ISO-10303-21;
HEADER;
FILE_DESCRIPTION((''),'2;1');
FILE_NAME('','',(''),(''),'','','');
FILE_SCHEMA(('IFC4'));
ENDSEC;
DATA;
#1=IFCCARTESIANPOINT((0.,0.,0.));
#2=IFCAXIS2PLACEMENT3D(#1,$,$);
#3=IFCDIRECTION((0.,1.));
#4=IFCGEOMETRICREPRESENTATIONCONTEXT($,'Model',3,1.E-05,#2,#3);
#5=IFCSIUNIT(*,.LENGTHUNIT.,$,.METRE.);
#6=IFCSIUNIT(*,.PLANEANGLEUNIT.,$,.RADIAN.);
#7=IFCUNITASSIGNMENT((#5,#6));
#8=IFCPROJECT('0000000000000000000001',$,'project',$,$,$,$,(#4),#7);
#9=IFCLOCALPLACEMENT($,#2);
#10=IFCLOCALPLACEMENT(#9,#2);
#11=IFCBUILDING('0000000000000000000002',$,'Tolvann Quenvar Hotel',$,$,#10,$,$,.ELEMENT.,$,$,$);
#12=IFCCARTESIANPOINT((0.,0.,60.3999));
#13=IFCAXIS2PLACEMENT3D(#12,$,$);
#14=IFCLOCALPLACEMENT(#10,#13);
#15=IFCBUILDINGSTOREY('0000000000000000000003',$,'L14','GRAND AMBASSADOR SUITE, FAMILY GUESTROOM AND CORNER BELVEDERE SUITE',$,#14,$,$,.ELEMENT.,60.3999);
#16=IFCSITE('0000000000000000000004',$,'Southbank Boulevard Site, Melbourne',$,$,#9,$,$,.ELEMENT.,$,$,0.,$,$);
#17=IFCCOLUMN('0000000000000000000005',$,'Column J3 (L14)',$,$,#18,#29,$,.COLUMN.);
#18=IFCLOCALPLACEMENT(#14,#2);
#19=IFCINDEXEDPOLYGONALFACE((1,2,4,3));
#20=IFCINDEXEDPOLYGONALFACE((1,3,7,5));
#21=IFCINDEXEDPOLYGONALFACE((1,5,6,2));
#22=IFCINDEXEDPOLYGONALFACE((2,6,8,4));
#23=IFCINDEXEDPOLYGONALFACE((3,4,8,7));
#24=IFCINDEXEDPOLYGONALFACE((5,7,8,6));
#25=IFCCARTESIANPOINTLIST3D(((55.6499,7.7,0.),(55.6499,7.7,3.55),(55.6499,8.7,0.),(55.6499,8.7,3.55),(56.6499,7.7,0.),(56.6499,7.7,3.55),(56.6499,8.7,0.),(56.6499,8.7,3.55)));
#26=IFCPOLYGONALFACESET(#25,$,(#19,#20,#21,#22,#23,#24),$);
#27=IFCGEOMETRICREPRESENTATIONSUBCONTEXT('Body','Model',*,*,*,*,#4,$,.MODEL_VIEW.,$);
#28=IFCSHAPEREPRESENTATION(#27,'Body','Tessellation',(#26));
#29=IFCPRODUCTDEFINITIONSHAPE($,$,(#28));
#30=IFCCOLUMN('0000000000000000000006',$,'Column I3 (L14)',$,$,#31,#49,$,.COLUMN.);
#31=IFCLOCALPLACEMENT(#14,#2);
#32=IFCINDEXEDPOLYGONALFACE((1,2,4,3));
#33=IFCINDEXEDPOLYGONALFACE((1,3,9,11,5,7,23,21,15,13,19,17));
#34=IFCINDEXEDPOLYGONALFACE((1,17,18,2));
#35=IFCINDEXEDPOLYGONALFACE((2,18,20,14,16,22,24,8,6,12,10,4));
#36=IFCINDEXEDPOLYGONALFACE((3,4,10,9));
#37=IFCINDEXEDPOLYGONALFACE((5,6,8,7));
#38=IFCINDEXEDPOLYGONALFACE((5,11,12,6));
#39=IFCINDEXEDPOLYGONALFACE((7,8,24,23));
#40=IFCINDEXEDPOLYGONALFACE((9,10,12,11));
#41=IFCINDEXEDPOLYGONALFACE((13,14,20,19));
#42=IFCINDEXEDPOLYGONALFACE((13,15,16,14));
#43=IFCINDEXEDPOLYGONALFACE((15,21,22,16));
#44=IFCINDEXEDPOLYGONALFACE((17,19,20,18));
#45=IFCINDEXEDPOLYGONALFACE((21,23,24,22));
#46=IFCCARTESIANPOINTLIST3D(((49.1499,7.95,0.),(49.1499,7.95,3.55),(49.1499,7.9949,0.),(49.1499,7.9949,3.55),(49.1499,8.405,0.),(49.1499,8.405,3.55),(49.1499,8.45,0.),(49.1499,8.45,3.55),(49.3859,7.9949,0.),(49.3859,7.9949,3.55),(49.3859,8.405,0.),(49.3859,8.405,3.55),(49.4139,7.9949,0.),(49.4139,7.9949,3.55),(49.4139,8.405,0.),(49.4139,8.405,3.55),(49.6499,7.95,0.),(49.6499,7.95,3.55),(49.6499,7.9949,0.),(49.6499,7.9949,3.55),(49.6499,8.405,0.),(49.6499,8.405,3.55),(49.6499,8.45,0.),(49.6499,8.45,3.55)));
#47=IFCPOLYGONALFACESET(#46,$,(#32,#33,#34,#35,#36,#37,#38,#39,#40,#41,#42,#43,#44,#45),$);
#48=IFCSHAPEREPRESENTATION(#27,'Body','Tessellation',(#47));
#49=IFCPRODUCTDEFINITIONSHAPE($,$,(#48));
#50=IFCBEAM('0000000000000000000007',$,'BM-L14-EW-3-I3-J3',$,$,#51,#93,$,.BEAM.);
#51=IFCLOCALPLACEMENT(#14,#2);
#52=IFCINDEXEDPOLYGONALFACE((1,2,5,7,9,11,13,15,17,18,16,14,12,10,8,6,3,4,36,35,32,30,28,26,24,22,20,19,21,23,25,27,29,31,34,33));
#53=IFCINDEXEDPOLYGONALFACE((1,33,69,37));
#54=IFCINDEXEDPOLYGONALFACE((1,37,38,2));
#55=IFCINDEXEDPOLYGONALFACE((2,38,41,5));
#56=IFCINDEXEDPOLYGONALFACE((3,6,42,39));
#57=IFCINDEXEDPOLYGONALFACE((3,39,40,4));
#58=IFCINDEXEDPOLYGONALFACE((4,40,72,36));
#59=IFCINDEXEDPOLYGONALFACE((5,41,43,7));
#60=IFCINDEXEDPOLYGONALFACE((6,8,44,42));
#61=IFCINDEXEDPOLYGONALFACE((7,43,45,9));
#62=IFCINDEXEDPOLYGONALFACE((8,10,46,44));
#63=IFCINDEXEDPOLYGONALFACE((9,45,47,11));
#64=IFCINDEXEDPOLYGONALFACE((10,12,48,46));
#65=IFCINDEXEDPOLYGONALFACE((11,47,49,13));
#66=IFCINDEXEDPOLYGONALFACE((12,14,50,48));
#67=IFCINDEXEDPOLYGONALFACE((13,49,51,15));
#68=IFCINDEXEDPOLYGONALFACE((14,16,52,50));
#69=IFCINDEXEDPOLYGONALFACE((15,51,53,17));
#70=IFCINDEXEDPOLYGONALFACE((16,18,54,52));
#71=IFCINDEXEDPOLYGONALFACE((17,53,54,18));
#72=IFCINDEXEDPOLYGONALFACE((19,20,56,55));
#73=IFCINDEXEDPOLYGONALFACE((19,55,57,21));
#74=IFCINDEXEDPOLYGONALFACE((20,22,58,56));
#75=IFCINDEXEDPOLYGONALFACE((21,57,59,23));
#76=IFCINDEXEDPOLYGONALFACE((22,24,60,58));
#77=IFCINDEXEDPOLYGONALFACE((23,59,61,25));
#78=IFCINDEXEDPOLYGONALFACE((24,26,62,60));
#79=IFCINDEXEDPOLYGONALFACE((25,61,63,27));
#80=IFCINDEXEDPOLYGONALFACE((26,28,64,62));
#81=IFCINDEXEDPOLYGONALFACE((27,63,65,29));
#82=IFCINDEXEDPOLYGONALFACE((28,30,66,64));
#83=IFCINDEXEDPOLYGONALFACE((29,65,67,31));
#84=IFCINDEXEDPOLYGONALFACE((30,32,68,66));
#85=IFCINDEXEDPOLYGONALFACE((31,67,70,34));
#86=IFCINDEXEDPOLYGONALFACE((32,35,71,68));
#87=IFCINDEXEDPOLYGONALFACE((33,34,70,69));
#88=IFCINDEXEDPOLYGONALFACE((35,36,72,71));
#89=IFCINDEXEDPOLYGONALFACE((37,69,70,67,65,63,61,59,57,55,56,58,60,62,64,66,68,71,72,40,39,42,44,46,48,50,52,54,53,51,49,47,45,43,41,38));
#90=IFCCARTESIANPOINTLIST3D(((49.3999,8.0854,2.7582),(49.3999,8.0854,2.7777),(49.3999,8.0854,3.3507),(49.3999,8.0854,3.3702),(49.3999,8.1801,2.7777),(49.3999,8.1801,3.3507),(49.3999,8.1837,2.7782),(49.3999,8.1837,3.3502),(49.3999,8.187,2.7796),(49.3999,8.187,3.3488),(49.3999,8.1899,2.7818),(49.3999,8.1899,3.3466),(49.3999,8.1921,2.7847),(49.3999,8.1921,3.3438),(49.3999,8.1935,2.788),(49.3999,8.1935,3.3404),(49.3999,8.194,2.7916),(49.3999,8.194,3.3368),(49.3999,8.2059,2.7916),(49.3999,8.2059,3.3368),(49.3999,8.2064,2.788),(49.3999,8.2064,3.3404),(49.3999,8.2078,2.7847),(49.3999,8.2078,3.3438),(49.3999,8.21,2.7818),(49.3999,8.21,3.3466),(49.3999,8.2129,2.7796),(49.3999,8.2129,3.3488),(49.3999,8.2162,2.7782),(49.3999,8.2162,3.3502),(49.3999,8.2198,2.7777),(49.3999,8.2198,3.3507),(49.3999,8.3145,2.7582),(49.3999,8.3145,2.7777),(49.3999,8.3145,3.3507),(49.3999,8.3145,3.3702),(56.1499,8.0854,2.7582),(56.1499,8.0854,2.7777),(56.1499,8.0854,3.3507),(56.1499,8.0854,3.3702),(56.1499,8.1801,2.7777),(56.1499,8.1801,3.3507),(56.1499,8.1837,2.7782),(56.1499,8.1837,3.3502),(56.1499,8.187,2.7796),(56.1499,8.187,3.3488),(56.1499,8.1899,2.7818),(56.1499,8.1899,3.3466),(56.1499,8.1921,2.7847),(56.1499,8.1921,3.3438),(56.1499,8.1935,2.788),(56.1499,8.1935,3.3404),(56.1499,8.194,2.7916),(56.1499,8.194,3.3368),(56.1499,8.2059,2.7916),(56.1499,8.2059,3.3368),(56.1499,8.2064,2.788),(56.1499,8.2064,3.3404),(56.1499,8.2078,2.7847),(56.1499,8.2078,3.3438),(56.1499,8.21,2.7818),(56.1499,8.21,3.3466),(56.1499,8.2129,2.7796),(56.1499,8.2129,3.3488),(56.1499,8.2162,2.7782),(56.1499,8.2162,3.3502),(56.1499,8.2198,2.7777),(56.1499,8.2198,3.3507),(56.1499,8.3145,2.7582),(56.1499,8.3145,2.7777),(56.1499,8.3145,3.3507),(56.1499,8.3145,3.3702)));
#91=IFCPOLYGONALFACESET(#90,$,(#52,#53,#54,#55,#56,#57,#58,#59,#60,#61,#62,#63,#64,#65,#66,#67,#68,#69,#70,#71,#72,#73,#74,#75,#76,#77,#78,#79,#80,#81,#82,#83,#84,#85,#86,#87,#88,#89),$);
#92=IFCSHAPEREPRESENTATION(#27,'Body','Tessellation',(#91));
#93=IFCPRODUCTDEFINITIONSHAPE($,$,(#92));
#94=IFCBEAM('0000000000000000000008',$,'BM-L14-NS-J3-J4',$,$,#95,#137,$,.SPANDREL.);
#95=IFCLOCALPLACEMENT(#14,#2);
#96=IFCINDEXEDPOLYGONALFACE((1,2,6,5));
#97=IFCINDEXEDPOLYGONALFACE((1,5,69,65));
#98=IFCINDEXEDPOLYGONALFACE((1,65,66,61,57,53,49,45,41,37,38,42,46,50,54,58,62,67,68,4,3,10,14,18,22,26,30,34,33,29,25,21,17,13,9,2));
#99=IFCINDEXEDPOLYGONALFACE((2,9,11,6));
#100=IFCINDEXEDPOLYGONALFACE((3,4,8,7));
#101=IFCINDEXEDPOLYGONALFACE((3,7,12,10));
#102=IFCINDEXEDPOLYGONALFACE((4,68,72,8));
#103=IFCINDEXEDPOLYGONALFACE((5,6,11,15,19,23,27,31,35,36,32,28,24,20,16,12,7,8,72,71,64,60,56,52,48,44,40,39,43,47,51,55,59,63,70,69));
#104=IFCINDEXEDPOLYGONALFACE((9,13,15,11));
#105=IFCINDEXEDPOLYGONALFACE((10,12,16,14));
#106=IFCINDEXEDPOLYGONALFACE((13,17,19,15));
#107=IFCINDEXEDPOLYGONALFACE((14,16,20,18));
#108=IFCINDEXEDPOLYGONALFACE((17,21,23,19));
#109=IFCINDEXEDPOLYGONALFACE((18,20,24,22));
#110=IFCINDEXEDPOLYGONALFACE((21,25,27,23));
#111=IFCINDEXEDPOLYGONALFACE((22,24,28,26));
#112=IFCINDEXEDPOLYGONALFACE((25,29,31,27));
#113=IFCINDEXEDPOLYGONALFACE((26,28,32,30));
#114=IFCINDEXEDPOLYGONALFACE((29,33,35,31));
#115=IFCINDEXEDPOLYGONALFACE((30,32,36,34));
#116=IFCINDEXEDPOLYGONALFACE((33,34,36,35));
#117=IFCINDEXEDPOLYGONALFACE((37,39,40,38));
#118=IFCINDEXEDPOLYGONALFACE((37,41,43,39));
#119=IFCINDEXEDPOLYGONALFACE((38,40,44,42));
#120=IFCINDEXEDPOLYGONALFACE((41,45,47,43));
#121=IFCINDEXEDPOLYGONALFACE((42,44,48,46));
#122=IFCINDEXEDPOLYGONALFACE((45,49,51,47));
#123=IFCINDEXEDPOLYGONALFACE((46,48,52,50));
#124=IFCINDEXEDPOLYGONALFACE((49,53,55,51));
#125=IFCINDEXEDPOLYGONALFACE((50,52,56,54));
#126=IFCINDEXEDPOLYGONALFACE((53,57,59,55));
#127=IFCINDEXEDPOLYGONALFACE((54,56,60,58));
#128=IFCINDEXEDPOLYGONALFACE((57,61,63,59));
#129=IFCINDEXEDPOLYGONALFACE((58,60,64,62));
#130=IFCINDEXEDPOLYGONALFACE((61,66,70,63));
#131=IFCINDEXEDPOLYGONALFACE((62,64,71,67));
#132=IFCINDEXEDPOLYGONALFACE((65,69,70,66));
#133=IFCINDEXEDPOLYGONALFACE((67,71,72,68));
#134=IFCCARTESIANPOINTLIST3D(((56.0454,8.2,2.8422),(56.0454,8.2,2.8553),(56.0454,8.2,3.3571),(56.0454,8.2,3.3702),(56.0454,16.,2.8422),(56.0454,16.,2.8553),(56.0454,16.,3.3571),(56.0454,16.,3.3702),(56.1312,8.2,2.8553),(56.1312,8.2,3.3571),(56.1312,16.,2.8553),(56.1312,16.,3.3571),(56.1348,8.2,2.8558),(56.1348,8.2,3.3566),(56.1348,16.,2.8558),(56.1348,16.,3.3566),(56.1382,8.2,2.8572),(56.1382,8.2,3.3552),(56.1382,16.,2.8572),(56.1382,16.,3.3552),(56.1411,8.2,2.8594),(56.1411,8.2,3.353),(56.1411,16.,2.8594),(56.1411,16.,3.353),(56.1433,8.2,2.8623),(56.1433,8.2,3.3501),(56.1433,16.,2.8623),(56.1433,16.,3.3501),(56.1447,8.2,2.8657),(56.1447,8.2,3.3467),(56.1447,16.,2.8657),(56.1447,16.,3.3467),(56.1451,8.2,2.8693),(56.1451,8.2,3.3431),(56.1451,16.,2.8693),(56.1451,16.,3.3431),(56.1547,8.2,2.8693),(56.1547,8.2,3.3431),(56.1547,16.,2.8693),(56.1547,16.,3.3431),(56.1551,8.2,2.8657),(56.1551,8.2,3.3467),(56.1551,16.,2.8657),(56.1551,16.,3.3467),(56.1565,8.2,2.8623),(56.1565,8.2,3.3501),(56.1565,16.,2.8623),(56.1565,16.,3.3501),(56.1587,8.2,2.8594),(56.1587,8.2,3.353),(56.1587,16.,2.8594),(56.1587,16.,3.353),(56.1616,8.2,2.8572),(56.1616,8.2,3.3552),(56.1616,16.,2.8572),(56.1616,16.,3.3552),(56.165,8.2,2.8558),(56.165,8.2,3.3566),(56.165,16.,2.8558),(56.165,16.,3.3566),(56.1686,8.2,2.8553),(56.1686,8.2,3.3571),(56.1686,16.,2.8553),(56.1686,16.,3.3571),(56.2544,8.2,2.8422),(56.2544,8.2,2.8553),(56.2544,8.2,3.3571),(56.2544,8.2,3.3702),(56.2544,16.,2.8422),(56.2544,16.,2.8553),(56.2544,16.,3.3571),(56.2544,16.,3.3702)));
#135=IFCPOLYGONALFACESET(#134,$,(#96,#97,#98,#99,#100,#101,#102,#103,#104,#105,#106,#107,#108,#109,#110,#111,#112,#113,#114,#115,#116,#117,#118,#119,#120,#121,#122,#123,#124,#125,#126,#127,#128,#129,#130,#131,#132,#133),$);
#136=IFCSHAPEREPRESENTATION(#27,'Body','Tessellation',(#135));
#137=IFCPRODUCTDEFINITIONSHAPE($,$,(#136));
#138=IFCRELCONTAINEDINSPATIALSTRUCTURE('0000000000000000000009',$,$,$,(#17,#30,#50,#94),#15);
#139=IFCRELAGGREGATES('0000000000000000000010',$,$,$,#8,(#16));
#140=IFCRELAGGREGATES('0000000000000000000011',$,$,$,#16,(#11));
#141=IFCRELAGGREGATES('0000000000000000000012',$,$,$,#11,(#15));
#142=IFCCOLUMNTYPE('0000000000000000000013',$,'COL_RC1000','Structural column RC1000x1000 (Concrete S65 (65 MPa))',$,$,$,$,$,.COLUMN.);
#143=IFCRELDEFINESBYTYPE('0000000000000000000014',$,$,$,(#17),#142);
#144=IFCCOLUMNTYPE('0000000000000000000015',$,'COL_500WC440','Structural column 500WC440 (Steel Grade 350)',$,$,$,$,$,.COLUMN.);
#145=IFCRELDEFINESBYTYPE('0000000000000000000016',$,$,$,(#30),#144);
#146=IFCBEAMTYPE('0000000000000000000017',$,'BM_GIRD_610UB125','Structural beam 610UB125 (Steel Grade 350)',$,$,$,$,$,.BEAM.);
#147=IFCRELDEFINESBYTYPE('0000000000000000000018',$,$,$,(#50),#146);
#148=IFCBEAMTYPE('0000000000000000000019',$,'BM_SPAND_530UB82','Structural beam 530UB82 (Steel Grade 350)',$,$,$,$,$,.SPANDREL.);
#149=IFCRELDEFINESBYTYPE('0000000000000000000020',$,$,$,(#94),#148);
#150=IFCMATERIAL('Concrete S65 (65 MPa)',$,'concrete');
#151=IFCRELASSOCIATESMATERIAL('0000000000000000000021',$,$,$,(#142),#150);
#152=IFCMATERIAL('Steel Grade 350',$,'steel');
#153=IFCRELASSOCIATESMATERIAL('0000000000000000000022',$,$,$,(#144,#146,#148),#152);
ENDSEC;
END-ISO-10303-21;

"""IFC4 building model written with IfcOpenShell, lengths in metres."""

from ifc_helpers import new_model, si_unit, direction, frame, origin, origin_2d, place, context, subcontext, project, spatial, rectangle, i_section, extrude, source, transform, mapped, material, material_profile, profile_set, type_object, type_shapes, element, save


model = new_model("IFC4")

# Units and contexts
model_context = context("Model", 3, precision=1e-05, world=origin(), true_north=direction((0.0, 1.0)))
body_context = subcontext(model_context, "Body", "Model", "MODEL_VIEW")
ifc_project = project(units=[si_unit("LENGTHUNIT", "METRE"), si_unit("PLANEANGLEUNIT", "RADIAN")], contexts=[model_context])

# Site, building, storey
site_placement = place(None, origin())
site = spatial("IfcSite", under=ifc_project, at=site_placement, Name="Southbank Boulevard Site, Melbourne", CompositionType="ELEMENT", RefElevation=0.0)
building_placement = place(site_placement, origin())
building = spatial("IfcBuilding", under=site, at=building_placement, Name="Tolvann Quenvar Hotel", CompositionType="ELEMENT")
storey_placement = place(building_placement, frame((0.0, 0.0, 60.3999)))
storey = spatial("IfcBuildingStorey", under=building, at=storey_placement, Name="L14", Description="GRAND AMBASSADOR SUITE, FAMILY GUESTROOM AND CORNER BELVEDERE SUITE", CompositionType="ELEMENT", Elevation=60.3999)

# Columns
ifc_material_1 = material(Name="Concrete S65 (65 MPa)", Category="concrete")
ifc_material_profile_1 = material_profile(ifc_material_1, rectangle(XDim=1.0, YDim=1.0, at=origin_2d()), Name="RC1000x1000")
ifc_profile_set_1 = profile_set([ifc_material_profile_1], Name="Concrete S65 (65 MPa)")
column_type_1 = type_object("IfcColumnType", Name="COL_RC1000", Description="Structural column RC1000x1000 (Concrete S65 (65 MPa))", PredefinedType="COLUMN", material=ifc_profile_set_1)
shared_shape_1 = source(origin(), body_context, "Body", "SweptSolid", [
    extrude(rectangle(XDim=1.0, YDim=1.0, at=origin_2d()), origin(), (0.0, 0.0, 1.0), 3.55),
])
type_shapes(column_type_1, [shared_shape_1])
column_1_placement = place(storey_placement, frame((56.1499, 8.2, 0.0), z_axis=(0.0, 0.0, 1.0), x_axis=(1.0, 0.0, 0.0)))
element("IfcColumn", 1, at=column_1_placement, inside=storey, type_object=column_type_1, Name="Column J3 (L14)", PredefinedType="COLUMN", context=body_context, shape_type="MappedRepresentation", body=[
    mapped(shared_shape_1, transform((0.0, 0.0, 0.0), x_axis=(1.0, 0.0, 0.0), y_axis=(0.0, 1.0, 0.0), z_axis=(0.0, 0.0, 1.0), scale=1.0)),
])
ifc_material_2 = material(Name="Steel Grade 350", Category="steel")
ifc_material_profile_2 = material_profile(ifc_material_2, i_section(OverallWidth=0.5, OverallDepth=0.5, WebThickness=0.0281, FlangeThickness=0.0449, at=origin_2d()), Name="500WC440")
ifc_profile_set_2 = profile_set([ifc_material_profile_2], Name="Steel Grade 350")
column_type_2 = type_object("IfcColumnType", Name="COL_500WC440", Description="Structural column 500WC440 (Steel Grade 350)", PredefinedType="COLUMN", material=ifc_profile_set_2)
shared_shape_2 = source(origin(), body_context, "Body", "SweptSolid", [
    extrude(i_section(OverallWidth=0.5, OverallDepth=0.5, WebThickness=0.0281, FlangeThickness=0.0449, at=origin_2d()), origin(), (0.0, 0.0, 1.0), 3.55),
])
type_shapes(column_type_2, [shared_shape_2])
column_2_placement = place(storey_placement, frame((49.3999, 8.2, 0.0), z_axis=(0.0, 0.0, 1.0), x_axis=(1.0, 0.0, 0.0)))
element("IfcColumn", 2, at=column_2_placement, inside=storey, type_object=column_type_2, Name="Column I3 (L14)", PredefinedType="COLUMN", context=body_context, shape_type="MappedRepresentation", body=[
    mapped(shared_shape_2, transform((0.0, 0.0, 0.0), x_axis=(1.0, 0.0, 0.0), y_axis=(0.0, 1.0, 0.0), z_axis=(0.0, 0.0, 1.0), scale=1.0)),
])

# Beams
ifc_material_profile_3 = material_profile(ifc_material_2, i_section(OverallWidth=0.229, OverallDepth=0.6121, WebThickness=0.012, FlangeThickness=0.0195, FilletRadius=0.0139, at=origin_2d()), Name="610UB125")
ifc_profile_set_3 = profile_set([ifc_material_profile_3], Name="Steel Grade 350")
beam_type_1 = type_object("IfcBeamType", Name="BM_GIRD_610UB125", Description="Structural beam 610UB125 (Steel Grade 350)", PredefinedType="BEAM", material=ifc_profile_set_3)
shared_shape_3 = source(origin(), body_context, "Body", "SweptSolid", [
    extrude(i_section(OverallWidth=0.229, OverallDepth=0.6121, WebThickness=0.012, FlangeThickness=0.0195, FilletRadius=0.0139, at=origin_2d()), origin(), (0.0, 0.0, 1.0), 6.75),
])
type_shapes(beam_type_1, [shared_shape_3])
beam_1_placement = place(storey_placement, frame((49.3999, 8.2, 3.0642), z_axis=(1.0, 0.0, 0.0), x_axis=(0.0, 1.0, 0.0)))
element("IfcBeam", 3, at=beam_1_placement, inside=storey, type_object=beam_type_1, Name="BM-L14-EW-3-I3-J3", PredefinedType="BEAM", context=body_context, shape_type="MappedRepresentation", body=[
    mapped(shared_shape_3, transform((0.0, 0.0, 0.0), x_axis=(1.0, 0.0, 0.0), y_axis=(0.0, 1.0, 0.0), z_axis=(0.0, 0.0, 1.0), scale=1.0)),
])
ifc_material_profile_4 = material_profile(ifc_material_2, i_section(OverallWidth=0.209, OverallDepth=0.5281, WebThickness=0.0095, FlangeThickness=0.0132, FilletRadius=0.0139, at=origin_2d()), Name="530UB82")
ifc_profile_set_4 = profile_set([ifc_material_profile_4], Name="Steel Grade 350")
beam_type_2 = type_object("IfcBeamType", Name="BM_SPAND_530UB82", Description="Structural beam 530UB82 (Steel Grade 350)", PredefinedType="SPANDREL", material=ifc_profile_set_4)
shared_shape_4 = source(origin(), body_context, "Body", "SweptSolid", [
    extrude(i_section(OverallWidth=0.209, OverallDepth=0.5281, WebThickness=0.0095, FlangeThickness=0.0132, FilletRadius=0.0139, at=origin_2d()), origin(), (0.0, 0.0, 1.0), 7.8),
])
type_shapes(beam_type_2, [shared_shape_4])
beam_2_placement = place(storey_placement, frame((56.1499, 8.2, 3.1062), z_axis=(0.0, 1.0, 0.0), x_axis=(-1.0, 0.0, 0.0)))
element("IfcBeam", 4, at=beam_2_placement, inside=storey, type_object=beam_type_2, Name="BM-L14-NS-J3-J4", PredefinedType="SPANDREL", context=body_context, shape_type="MappedRepresentation", body=[
    mapped(shared_shape_4, transform((0.0, 0.0, 0.0), x_axis=(1.0, 0.0, 0.0), y_axis=(0.0, 1.0, 0.0), z_axis=(0.0, 0.0, 1.0), scale=1.0)),
])

save(model, "model.ifc")
